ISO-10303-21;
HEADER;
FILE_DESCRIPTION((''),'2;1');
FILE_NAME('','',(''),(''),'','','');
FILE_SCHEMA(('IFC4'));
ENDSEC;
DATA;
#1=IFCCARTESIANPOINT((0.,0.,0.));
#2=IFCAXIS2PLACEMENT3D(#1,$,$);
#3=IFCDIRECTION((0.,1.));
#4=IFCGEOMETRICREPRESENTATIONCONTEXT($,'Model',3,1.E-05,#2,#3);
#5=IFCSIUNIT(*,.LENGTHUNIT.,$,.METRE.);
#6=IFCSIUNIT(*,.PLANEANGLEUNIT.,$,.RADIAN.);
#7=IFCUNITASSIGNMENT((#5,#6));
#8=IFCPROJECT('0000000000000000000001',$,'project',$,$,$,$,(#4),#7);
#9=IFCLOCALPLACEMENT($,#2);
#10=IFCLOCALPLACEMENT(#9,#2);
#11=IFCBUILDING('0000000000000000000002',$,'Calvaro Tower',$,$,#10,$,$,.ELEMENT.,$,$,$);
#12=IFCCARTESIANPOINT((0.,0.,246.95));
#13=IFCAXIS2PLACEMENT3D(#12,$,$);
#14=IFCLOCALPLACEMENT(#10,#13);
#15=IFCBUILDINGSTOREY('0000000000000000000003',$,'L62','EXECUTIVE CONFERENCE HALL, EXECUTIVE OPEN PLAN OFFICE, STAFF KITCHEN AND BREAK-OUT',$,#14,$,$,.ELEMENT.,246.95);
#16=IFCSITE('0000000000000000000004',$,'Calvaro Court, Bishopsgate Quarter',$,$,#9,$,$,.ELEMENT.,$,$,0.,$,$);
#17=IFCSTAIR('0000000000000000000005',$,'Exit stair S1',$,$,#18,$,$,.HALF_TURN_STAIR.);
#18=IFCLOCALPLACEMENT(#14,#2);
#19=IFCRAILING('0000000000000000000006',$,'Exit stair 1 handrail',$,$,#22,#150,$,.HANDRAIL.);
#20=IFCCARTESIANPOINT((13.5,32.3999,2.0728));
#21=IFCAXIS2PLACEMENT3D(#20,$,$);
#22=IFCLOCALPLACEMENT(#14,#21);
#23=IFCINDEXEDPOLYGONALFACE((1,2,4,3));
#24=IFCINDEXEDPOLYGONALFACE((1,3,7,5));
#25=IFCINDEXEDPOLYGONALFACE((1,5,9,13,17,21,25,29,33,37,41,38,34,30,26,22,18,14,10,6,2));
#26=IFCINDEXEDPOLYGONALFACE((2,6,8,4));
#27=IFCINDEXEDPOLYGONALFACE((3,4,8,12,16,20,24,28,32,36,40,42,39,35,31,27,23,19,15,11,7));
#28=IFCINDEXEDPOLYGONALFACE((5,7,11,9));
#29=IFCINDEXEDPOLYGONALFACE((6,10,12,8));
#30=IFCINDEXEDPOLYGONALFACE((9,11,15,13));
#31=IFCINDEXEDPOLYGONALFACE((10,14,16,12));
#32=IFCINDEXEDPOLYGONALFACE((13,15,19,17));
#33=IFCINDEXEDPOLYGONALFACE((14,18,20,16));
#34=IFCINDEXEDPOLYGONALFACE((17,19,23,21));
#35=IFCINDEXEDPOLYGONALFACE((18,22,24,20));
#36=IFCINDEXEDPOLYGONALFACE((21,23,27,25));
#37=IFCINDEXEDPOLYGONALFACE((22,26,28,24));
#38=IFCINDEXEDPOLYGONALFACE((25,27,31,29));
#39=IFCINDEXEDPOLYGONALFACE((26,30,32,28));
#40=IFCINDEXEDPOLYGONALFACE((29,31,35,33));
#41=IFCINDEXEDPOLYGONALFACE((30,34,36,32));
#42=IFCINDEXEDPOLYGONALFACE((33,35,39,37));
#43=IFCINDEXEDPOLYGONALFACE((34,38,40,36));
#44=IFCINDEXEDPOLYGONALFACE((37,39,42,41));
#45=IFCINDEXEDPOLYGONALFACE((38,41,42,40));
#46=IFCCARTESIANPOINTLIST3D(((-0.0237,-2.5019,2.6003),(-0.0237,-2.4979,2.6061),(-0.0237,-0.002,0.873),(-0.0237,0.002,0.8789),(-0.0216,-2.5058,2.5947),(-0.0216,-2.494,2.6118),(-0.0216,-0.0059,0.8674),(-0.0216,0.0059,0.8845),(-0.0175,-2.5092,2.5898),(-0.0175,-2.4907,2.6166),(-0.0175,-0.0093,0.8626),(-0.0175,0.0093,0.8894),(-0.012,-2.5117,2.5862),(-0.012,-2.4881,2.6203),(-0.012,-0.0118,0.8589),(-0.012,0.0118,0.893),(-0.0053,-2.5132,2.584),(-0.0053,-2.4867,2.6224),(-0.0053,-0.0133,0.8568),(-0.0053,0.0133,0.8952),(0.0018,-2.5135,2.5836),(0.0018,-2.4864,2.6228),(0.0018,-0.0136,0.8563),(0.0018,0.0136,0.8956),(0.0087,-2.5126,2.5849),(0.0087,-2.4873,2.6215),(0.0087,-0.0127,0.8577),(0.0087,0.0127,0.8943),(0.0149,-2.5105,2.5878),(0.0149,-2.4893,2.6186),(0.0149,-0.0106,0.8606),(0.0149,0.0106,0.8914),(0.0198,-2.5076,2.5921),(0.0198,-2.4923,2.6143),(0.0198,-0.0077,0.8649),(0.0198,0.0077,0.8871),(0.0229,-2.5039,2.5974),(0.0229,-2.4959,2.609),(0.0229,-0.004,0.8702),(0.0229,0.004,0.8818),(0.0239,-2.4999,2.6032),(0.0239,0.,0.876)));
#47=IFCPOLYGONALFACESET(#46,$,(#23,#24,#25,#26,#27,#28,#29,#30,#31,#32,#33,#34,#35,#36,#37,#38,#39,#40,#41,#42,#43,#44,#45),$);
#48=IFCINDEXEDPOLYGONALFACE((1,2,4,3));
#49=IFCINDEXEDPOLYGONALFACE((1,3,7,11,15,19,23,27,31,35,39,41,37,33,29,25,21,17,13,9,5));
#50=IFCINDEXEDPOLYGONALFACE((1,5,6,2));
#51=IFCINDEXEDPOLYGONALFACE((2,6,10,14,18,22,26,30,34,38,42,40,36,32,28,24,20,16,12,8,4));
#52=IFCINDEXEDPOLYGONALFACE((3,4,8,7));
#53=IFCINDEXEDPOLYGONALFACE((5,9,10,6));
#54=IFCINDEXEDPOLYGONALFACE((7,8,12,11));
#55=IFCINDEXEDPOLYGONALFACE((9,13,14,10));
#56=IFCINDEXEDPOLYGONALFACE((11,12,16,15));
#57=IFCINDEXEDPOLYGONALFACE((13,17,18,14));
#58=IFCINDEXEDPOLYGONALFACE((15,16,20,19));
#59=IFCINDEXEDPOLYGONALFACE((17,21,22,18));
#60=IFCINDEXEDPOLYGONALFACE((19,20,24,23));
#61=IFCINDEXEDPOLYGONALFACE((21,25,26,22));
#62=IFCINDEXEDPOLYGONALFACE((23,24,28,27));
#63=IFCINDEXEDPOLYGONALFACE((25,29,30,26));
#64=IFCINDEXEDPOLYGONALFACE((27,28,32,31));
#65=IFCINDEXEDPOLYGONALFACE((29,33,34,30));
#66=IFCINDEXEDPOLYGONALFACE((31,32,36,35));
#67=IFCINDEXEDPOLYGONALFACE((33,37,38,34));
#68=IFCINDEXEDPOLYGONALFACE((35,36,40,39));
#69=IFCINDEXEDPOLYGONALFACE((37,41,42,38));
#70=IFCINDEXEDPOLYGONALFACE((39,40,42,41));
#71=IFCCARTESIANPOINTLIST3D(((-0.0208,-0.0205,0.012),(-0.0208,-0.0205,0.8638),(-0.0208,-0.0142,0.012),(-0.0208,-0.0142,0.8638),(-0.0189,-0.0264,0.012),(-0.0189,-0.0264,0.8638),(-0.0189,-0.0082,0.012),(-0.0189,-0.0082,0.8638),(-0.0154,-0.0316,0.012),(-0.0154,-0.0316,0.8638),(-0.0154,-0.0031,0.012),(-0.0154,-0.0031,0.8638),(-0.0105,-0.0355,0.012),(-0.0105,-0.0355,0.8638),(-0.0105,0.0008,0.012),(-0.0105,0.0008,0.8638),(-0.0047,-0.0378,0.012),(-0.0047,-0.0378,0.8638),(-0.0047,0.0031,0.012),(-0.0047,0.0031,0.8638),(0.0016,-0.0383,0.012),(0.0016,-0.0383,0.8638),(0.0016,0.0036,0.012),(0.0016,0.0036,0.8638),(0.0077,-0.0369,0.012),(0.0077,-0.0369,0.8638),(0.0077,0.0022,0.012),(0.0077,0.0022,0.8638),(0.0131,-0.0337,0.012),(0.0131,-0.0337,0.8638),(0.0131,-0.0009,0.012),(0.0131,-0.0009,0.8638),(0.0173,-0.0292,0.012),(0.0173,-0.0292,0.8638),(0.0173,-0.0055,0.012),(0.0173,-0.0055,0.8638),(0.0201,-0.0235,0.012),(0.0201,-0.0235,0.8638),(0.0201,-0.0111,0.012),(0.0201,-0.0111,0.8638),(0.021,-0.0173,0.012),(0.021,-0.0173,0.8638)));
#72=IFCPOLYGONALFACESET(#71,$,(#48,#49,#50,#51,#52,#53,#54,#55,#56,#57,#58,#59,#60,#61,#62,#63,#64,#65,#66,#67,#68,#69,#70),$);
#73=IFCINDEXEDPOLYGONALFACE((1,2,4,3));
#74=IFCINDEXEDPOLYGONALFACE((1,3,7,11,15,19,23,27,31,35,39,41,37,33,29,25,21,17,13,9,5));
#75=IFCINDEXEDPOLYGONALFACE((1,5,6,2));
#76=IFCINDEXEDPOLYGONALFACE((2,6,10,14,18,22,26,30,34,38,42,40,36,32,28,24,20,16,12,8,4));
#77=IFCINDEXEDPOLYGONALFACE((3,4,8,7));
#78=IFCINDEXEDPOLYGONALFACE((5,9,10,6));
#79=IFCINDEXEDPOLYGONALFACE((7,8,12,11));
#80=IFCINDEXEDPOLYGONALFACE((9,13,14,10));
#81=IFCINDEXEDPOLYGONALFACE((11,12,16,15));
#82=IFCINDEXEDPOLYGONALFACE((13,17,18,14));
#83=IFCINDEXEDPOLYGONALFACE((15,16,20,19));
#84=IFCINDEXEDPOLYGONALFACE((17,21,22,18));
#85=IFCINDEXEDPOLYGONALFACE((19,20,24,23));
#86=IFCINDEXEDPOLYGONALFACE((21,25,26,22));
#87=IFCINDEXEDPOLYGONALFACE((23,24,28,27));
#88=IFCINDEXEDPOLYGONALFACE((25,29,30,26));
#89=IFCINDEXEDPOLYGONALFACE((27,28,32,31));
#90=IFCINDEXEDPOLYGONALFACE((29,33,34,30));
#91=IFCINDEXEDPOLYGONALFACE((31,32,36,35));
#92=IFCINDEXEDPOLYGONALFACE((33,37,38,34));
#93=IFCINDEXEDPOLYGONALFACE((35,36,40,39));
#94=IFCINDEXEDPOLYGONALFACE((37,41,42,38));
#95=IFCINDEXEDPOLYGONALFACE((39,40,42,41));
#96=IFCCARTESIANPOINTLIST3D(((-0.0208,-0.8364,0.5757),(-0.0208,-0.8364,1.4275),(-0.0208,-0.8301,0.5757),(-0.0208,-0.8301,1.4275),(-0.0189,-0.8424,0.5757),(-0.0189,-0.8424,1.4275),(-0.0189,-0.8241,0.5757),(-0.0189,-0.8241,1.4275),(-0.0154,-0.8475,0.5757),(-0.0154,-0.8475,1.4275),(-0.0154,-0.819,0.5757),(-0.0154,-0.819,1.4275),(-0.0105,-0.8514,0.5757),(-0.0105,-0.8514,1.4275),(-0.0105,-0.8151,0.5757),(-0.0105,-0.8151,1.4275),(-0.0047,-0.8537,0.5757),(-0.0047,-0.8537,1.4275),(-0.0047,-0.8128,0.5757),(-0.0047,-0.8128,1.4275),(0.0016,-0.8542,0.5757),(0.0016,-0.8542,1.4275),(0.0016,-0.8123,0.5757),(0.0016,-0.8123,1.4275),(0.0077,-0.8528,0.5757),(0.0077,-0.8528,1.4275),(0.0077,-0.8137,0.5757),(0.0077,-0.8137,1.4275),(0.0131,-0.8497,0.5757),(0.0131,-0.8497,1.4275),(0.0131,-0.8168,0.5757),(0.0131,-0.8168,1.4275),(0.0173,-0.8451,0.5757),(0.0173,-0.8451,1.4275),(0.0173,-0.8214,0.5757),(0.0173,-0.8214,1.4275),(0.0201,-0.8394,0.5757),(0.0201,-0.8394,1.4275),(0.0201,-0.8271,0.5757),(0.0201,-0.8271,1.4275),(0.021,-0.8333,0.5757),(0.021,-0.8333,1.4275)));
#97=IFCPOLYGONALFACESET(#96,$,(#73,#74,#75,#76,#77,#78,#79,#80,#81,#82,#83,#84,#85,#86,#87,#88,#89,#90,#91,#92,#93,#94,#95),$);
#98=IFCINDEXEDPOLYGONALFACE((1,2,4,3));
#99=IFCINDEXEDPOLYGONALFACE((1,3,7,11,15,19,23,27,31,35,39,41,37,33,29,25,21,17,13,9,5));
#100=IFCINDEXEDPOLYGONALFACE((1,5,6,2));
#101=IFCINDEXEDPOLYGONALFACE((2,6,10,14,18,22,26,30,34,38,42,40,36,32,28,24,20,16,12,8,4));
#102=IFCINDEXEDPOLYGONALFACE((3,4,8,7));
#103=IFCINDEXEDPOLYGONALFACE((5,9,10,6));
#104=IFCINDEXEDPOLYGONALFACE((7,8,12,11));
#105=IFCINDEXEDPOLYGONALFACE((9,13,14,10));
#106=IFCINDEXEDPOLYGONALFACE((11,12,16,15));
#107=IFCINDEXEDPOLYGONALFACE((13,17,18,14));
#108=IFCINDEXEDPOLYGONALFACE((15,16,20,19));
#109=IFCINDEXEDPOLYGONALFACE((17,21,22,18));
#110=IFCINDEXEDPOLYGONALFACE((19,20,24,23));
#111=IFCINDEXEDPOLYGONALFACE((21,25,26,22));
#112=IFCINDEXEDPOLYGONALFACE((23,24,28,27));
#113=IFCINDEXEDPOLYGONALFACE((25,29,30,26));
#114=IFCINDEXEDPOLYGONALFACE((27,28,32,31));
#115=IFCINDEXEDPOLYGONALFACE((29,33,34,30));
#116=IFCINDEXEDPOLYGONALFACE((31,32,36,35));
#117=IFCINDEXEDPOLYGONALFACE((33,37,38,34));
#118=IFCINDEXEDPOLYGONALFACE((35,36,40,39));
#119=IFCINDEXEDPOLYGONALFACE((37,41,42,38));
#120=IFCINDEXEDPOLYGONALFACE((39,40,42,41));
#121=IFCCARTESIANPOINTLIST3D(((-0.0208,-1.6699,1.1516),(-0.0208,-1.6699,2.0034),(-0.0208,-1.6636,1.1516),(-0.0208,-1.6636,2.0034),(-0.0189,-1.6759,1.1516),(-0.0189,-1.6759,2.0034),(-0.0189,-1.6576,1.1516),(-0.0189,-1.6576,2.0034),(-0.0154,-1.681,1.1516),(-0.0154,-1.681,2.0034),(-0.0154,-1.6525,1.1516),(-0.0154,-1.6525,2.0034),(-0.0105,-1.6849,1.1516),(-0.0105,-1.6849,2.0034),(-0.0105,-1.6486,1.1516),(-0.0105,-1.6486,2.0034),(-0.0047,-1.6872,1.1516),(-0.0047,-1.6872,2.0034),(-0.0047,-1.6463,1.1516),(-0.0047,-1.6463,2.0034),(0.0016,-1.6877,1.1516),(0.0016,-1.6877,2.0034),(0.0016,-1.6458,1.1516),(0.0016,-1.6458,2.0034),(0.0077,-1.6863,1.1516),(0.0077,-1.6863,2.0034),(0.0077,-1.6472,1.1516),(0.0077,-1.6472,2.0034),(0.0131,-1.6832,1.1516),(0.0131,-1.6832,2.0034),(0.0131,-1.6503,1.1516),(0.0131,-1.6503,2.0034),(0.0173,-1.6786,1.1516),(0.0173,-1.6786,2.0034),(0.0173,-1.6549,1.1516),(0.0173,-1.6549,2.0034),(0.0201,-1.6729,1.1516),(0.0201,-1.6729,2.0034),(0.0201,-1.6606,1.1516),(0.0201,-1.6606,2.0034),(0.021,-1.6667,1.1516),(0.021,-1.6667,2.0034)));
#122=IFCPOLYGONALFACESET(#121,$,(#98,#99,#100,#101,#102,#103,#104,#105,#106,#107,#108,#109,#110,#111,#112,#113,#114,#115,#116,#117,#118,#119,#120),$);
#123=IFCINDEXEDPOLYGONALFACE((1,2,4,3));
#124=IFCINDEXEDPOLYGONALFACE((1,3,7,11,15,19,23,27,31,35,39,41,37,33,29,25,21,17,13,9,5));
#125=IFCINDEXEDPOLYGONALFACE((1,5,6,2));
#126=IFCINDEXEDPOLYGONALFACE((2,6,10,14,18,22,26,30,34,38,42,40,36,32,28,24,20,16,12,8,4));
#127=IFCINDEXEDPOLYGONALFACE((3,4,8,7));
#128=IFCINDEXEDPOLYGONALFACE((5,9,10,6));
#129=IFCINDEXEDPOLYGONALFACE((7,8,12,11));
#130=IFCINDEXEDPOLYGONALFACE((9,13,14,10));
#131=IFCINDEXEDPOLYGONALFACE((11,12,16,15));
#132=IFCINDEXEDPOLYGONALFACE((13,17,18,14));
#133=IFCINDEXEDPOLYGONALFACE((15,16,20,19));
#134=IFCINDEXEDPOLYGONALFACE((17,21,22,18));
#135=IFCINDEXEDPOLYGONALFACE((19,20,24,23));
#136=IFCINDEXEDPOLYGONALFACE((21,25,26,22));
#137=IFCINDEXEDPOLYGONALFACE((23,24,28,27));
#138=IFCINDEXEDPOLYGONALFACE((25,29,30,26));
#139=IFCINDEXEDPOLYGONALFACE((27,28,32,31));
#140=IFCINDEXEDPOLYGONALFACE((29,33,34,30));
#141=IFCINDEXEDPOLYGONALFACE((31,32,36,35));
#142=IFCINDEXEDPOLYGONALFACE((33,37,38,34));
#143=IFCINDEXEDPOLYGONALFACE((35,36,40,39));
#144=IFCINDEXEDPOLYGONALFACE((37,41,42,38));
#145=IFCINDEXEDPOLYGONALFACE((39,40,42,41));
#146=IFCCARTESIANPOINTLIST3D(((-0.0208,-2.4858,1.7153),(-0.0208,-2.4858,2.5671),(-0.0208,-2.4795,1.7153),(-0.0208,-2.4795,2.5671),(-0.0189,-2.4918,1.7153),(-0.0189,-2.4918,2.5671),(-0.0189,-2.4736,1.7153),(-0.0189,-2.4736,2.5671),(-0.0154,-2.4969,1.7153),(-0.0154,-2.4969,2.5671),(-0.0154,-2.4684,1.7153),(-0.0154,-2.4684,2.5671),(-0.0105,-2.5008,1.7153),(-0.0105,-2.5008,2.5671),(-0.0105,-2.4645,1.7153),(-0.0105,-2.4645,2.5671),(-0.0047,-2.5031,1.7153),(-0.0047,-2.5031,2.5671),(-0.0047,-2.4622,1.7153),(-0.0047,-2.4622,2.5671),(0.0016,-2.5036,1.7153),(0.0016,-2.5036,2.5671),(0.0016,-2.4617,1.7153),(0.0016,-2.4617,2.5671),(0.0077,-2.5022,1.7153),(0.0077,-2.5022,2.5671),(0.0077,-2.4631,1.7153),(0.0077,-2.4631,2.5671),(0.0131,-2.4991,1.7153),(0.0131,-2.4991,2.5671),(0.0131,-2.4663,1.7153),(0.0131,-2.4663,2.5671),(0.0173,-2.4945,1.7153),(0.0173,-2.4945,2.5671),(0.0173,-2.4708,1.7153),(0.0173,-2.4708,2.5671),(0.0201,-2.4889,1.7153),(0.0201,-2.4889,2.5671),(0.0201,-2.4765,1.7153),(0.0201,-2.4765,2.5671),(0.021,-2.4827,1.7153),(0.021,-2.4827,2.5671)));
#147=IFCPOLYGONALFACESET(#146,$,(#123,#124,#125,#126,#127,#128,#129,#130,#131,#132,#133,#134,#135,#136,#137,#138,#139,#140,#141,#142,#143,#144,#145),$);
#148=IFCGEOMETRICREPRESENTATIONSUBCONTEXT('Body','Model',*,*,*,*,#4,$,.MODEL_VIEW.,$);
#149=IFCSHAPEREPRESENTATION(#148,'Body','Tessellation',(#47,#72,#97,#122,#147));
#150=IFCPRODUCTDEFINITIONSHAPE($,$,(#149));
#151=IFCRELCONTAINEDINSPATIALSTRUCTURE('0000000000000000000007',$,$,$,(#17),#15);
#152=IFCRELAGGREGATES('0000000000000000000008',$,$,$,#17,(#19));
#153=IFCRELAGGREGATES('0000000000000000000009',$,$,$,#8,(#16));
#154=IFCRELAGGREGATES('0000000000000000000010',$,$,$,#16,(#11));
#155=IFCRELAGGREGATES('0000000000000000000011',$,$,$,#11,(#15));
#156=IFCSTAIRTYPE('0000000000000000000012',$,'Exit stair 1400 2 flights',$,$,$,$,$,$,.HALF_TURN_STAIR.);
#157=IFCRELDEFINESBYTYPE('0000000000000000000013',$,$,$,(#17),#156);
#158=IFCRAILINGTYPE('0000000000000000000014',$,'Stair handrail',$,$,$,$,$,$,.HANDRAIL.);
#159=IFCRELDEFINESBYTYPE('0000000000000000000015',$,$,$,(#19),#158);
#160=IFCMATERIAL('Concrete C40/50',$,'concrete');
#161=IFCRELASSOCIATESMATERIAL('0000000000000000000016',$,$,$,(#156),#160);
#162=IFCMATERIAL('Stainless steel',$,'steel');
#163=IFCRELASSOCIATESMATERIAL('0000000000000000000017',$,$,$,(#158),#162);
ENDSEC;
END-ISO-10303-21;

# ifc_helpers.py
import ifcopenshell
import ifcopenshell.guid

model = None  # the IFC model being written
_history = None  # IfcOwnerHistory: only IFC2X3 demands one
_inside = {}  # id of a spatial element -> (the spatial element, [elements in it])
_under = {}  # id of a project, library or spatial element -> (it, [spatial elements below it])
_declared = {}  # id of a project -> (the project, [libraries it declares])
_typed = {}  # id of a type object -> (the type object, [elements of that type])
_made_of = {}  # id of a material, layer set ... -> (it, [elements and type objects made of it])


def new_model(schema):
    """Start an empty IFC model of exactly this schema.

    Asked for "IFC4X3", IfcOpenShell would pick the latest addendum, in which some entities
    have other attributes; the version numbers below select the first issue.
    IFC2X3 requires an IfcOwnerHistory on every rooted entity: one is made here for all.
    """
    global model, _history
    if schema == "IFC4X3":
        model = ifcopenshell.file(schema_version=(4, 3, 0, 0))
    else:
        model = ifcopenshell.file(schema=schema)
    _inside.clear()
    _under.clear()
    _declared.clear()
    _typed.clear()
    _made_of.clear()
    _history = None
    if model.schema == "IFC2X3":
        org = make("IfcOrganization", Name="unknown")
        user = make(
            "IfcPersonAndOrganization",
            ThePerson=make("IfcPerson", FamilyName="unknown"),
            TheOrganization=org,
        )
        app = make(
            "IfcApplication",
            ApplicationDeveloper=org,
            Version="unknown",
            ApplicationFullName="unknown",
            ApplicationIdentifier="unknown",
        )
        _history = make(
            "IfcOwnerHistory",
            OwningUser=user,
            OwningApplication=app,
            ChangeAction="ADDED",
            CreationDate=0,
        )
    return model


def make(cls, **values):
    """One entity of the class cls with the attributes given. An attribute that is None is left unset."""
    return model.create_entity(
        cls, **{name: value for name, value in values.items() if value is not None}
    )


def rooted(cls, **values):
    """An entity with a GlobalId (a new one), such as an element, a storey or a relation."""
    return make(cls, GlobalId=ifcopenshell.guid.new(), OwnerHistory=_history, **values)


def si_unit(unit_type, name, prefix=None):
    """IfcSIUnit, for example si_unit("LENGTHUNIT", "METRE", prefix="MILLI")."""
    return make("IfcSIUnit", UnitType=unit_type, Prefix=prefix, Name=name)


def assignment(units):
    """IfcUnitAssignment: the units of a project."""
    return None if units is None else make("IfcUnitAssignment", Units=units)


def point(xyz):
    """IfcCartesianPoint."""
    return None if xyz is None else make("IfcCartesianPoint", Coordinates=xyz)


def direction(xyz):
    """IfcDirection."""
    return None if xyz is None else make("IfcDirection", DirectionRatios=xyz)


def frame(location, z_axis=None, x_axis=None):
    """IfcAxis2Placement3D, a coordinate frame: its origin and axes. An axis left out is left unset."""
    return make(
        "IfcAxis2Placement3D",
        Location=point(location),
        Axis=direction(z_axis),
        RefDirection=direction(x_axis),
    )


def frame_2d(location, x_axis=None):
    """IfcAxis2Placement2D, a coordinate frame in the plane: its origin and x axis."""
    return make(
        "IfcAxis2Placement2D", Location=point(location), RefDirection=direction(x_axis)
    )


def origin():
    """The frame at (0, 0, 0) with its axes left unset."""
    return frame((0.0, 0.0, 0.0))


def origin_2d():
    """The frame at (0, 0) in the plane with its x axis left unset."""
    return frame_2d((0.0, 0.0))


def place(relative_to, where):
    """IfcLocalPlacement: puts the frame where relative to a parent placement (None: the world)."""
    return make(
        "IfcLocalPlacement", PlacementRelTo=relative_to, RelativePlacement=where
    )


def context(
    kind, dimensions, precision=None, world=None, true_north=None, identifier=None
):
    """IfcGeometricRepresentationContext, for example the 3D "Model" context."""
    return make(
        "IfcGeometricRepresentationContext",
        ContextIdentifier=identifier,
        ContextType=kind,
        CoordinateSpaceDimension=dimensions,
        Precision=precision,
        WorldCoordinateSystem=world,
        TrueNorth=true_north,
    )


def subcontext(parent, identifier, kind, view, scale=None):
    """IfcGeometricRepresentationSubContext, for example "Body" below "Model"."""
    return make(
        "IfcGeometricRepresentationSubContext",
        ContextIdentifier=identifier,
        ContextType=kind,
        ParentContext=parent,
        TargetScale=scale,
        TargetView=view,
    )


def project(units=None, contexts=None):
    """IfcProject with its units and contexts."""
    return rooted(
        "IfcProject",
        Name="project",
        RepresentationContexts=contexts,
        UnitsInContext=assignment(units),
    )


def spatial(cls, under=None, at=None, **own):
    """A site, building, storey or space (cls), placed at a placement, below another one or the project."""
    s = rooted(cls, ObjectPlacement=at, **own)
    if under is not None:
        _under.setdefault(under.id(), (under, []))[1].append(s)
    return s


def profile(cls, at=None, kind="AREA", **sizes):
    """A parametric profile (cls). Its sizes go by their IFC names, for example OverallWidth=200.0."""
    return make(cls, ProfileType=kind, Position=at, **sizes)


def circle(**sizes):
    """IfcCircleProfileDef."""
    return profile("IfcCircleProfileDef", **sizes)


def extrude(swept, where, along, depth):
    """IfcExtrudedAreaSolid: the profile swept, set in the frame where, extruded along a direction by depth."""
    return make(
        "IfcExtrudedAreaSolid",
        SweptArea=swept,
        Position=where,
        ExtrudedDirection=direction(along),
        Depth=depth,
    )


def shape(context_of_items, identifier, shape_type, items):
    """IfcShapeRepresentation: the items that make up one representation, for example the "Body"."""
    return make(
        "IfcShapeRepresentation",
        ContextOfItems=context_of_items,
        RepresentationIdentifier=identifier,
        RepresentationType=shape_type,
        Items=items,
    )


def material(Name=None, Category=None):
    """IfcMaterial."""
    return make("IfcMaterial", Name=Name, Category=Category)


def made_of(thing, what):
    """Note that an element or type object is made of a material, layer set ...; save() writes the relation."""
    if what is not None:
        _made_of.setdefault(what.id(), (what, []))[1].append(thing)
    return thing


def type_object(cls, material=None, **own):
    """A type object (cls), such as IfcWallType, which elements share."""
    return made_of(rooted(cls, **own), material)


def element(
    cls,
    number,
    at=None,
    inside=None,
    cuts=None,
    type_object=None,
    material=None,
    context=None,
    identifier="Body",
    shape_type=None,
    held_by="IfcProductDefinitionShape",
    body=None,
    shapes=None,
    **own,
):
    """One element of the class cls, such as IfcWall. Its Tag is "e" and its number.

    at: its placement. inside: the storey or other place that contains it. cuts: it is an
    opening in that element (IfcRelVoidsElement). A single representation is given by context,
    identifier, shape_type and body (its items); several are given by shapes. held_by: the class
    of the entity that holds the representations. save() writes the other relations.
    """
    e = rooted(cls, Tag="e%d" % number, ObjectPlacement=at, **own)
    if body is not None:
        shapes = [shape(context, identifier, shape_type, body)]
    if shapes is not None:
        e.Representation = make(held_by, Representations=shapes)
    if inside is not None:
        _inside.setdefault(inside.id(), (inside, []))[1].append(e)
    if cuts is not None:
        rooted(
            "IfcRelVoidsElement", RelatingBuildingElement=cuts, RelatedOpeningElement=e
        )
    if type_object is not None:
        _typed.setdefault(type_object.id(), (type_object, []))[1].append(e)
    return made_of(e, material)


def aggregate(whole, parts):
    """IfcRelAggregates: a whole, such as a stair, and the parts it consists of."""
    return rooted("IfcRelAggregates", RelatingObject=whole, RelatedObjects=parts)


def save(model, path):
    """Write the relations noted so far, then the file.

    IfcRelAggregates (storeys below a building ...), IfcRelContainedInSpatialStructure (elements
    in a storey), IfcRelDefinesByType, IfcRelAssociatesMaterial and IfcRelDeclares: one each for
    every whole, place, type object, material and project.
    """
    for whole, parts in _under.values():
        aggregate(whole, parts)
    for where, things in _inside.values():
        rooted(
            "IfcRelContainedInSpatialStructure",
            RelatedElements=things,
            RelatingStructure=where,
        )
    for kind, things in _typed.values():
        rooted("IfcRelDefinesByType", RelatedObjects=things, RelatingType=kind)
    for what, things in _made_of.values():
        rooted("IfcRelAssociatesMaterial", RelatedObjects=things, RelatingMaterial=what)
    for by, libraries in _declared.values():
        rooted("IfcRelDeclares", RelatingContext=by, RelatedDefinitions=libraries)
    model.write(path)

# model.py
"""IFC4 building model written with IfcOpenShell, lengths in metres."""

from ifc_helpers import new_model, si_unit, direction, frame, origin, origin_2d, place, context, subcontext, project, spatial, circle, extrude, material, type_object, element, aggregate, save


model = new_model("IFC4")

# Units and contexts
model_context = context("Model", 3, precision=1e-05, world=origin(), true_north=direction((0.0, 1.0)))
body_context = subcontext(model_context, "Body", "Model", "MODEL_VIEW")
ifc_project = project(units=[si_unit("LENGTHUNIT", "METRE"), si_unit("PLANEANGLEUNIT", "RADIAN")], contexts=[model_context])

# Site, building, storey
site_placement = place(None, origin())
site = spatial("IfcSite", under=ifc_project, at=site_placement, Name="Calvaro Court, Bishopsgate Quarter", CompositionType="ELEMENT", RefElevation=0.0)
building_placement = place(site_placement, origin())
building = spatial("IfcBuilding", under=site, at=building_placement, Name="Calvaro Tower", CompositionType="ELEMENT")
storey_placement = place(building_placement, frame((0.0, 0.0, 246.95)))
storey = spatial("IfcBuildingStorey", under=building, at=storey_placement, Name="L62", Description="EXECUTIVE CONFERENCE HALL, EXECUTIVE OPEN PLAN OFFICE, STAFF KITCHEN AND BREAK-OUT", CompositionType="ELEMENT", Elevation=246.95)

# Stair, railing
ifc_material_1 = material(Name="Concrete C40/50", Category="concrete")
stair_type = type_object("IfcStairType", Name="Exit stair 1400 2 flights", PredefinedType="HALF_TURN_STAIR", material=ifc_material_1)
stair_placement = place(storey_placement, origin())
stair = element("IfcStair", 1, at=stair_placement, inside=storey, type_object=stair_type, Name="Exit stair S1", PredefinedType="HALF_TURN_STAIR")
ifc_material_2 = material(Name="Stainless steel", Category="steel")
railing_type = type_object("IfcRailingType", Name="Stair handrail", PredefinedType="HANDRAIL", material=ifc_material_2)
railing_placement = place(storey_placement, frame((13.5, 32.3999, 2.0728)))
railing = element("IfcRailing", 2, at=railing_placement, type_object=railing_type, Name="Exit stair 1 handrail", PredefinedType="HANDRAIL", context=body_context, shape_type="SweptSolid", body=[
    extrude(circle(Radius=0.0239, at=origin_2d()), frame((0.0, 0.0, 0.876), z_axis=(0.0, -0.822727, 0.568437), x_axis=(1.0, 0.0, 0.0)), (0.0, 0.0, 1.0), 3.0386),
    extrude(circle(Radius=0.021, at=origin_2d()), frame((0.0, -0.0173, 0.012)), (0.0, 0.0, 1.0), 0.8518),
    extrude(circle(Radius=0.021, at=origin_2d()), frame((0.0, -0.8333, 0.5757)), (0.0, 0.0, 1.0), 0.8518),
    extrude(circle(Radius=0.021, at=origin_2d()), frame((0.0, -1.6667, 1.1516)), (0.0, 0.0, 1.0), 0.8518),
    extrude(circle(Radius=0.021, at=origin_2d()), frame((0.0, -2.4827, 1.7153)), (0.0, 0.0, 1.0), 0.8518),
])
aggregate(stair, [railing])

save(model, "model.ifc")
